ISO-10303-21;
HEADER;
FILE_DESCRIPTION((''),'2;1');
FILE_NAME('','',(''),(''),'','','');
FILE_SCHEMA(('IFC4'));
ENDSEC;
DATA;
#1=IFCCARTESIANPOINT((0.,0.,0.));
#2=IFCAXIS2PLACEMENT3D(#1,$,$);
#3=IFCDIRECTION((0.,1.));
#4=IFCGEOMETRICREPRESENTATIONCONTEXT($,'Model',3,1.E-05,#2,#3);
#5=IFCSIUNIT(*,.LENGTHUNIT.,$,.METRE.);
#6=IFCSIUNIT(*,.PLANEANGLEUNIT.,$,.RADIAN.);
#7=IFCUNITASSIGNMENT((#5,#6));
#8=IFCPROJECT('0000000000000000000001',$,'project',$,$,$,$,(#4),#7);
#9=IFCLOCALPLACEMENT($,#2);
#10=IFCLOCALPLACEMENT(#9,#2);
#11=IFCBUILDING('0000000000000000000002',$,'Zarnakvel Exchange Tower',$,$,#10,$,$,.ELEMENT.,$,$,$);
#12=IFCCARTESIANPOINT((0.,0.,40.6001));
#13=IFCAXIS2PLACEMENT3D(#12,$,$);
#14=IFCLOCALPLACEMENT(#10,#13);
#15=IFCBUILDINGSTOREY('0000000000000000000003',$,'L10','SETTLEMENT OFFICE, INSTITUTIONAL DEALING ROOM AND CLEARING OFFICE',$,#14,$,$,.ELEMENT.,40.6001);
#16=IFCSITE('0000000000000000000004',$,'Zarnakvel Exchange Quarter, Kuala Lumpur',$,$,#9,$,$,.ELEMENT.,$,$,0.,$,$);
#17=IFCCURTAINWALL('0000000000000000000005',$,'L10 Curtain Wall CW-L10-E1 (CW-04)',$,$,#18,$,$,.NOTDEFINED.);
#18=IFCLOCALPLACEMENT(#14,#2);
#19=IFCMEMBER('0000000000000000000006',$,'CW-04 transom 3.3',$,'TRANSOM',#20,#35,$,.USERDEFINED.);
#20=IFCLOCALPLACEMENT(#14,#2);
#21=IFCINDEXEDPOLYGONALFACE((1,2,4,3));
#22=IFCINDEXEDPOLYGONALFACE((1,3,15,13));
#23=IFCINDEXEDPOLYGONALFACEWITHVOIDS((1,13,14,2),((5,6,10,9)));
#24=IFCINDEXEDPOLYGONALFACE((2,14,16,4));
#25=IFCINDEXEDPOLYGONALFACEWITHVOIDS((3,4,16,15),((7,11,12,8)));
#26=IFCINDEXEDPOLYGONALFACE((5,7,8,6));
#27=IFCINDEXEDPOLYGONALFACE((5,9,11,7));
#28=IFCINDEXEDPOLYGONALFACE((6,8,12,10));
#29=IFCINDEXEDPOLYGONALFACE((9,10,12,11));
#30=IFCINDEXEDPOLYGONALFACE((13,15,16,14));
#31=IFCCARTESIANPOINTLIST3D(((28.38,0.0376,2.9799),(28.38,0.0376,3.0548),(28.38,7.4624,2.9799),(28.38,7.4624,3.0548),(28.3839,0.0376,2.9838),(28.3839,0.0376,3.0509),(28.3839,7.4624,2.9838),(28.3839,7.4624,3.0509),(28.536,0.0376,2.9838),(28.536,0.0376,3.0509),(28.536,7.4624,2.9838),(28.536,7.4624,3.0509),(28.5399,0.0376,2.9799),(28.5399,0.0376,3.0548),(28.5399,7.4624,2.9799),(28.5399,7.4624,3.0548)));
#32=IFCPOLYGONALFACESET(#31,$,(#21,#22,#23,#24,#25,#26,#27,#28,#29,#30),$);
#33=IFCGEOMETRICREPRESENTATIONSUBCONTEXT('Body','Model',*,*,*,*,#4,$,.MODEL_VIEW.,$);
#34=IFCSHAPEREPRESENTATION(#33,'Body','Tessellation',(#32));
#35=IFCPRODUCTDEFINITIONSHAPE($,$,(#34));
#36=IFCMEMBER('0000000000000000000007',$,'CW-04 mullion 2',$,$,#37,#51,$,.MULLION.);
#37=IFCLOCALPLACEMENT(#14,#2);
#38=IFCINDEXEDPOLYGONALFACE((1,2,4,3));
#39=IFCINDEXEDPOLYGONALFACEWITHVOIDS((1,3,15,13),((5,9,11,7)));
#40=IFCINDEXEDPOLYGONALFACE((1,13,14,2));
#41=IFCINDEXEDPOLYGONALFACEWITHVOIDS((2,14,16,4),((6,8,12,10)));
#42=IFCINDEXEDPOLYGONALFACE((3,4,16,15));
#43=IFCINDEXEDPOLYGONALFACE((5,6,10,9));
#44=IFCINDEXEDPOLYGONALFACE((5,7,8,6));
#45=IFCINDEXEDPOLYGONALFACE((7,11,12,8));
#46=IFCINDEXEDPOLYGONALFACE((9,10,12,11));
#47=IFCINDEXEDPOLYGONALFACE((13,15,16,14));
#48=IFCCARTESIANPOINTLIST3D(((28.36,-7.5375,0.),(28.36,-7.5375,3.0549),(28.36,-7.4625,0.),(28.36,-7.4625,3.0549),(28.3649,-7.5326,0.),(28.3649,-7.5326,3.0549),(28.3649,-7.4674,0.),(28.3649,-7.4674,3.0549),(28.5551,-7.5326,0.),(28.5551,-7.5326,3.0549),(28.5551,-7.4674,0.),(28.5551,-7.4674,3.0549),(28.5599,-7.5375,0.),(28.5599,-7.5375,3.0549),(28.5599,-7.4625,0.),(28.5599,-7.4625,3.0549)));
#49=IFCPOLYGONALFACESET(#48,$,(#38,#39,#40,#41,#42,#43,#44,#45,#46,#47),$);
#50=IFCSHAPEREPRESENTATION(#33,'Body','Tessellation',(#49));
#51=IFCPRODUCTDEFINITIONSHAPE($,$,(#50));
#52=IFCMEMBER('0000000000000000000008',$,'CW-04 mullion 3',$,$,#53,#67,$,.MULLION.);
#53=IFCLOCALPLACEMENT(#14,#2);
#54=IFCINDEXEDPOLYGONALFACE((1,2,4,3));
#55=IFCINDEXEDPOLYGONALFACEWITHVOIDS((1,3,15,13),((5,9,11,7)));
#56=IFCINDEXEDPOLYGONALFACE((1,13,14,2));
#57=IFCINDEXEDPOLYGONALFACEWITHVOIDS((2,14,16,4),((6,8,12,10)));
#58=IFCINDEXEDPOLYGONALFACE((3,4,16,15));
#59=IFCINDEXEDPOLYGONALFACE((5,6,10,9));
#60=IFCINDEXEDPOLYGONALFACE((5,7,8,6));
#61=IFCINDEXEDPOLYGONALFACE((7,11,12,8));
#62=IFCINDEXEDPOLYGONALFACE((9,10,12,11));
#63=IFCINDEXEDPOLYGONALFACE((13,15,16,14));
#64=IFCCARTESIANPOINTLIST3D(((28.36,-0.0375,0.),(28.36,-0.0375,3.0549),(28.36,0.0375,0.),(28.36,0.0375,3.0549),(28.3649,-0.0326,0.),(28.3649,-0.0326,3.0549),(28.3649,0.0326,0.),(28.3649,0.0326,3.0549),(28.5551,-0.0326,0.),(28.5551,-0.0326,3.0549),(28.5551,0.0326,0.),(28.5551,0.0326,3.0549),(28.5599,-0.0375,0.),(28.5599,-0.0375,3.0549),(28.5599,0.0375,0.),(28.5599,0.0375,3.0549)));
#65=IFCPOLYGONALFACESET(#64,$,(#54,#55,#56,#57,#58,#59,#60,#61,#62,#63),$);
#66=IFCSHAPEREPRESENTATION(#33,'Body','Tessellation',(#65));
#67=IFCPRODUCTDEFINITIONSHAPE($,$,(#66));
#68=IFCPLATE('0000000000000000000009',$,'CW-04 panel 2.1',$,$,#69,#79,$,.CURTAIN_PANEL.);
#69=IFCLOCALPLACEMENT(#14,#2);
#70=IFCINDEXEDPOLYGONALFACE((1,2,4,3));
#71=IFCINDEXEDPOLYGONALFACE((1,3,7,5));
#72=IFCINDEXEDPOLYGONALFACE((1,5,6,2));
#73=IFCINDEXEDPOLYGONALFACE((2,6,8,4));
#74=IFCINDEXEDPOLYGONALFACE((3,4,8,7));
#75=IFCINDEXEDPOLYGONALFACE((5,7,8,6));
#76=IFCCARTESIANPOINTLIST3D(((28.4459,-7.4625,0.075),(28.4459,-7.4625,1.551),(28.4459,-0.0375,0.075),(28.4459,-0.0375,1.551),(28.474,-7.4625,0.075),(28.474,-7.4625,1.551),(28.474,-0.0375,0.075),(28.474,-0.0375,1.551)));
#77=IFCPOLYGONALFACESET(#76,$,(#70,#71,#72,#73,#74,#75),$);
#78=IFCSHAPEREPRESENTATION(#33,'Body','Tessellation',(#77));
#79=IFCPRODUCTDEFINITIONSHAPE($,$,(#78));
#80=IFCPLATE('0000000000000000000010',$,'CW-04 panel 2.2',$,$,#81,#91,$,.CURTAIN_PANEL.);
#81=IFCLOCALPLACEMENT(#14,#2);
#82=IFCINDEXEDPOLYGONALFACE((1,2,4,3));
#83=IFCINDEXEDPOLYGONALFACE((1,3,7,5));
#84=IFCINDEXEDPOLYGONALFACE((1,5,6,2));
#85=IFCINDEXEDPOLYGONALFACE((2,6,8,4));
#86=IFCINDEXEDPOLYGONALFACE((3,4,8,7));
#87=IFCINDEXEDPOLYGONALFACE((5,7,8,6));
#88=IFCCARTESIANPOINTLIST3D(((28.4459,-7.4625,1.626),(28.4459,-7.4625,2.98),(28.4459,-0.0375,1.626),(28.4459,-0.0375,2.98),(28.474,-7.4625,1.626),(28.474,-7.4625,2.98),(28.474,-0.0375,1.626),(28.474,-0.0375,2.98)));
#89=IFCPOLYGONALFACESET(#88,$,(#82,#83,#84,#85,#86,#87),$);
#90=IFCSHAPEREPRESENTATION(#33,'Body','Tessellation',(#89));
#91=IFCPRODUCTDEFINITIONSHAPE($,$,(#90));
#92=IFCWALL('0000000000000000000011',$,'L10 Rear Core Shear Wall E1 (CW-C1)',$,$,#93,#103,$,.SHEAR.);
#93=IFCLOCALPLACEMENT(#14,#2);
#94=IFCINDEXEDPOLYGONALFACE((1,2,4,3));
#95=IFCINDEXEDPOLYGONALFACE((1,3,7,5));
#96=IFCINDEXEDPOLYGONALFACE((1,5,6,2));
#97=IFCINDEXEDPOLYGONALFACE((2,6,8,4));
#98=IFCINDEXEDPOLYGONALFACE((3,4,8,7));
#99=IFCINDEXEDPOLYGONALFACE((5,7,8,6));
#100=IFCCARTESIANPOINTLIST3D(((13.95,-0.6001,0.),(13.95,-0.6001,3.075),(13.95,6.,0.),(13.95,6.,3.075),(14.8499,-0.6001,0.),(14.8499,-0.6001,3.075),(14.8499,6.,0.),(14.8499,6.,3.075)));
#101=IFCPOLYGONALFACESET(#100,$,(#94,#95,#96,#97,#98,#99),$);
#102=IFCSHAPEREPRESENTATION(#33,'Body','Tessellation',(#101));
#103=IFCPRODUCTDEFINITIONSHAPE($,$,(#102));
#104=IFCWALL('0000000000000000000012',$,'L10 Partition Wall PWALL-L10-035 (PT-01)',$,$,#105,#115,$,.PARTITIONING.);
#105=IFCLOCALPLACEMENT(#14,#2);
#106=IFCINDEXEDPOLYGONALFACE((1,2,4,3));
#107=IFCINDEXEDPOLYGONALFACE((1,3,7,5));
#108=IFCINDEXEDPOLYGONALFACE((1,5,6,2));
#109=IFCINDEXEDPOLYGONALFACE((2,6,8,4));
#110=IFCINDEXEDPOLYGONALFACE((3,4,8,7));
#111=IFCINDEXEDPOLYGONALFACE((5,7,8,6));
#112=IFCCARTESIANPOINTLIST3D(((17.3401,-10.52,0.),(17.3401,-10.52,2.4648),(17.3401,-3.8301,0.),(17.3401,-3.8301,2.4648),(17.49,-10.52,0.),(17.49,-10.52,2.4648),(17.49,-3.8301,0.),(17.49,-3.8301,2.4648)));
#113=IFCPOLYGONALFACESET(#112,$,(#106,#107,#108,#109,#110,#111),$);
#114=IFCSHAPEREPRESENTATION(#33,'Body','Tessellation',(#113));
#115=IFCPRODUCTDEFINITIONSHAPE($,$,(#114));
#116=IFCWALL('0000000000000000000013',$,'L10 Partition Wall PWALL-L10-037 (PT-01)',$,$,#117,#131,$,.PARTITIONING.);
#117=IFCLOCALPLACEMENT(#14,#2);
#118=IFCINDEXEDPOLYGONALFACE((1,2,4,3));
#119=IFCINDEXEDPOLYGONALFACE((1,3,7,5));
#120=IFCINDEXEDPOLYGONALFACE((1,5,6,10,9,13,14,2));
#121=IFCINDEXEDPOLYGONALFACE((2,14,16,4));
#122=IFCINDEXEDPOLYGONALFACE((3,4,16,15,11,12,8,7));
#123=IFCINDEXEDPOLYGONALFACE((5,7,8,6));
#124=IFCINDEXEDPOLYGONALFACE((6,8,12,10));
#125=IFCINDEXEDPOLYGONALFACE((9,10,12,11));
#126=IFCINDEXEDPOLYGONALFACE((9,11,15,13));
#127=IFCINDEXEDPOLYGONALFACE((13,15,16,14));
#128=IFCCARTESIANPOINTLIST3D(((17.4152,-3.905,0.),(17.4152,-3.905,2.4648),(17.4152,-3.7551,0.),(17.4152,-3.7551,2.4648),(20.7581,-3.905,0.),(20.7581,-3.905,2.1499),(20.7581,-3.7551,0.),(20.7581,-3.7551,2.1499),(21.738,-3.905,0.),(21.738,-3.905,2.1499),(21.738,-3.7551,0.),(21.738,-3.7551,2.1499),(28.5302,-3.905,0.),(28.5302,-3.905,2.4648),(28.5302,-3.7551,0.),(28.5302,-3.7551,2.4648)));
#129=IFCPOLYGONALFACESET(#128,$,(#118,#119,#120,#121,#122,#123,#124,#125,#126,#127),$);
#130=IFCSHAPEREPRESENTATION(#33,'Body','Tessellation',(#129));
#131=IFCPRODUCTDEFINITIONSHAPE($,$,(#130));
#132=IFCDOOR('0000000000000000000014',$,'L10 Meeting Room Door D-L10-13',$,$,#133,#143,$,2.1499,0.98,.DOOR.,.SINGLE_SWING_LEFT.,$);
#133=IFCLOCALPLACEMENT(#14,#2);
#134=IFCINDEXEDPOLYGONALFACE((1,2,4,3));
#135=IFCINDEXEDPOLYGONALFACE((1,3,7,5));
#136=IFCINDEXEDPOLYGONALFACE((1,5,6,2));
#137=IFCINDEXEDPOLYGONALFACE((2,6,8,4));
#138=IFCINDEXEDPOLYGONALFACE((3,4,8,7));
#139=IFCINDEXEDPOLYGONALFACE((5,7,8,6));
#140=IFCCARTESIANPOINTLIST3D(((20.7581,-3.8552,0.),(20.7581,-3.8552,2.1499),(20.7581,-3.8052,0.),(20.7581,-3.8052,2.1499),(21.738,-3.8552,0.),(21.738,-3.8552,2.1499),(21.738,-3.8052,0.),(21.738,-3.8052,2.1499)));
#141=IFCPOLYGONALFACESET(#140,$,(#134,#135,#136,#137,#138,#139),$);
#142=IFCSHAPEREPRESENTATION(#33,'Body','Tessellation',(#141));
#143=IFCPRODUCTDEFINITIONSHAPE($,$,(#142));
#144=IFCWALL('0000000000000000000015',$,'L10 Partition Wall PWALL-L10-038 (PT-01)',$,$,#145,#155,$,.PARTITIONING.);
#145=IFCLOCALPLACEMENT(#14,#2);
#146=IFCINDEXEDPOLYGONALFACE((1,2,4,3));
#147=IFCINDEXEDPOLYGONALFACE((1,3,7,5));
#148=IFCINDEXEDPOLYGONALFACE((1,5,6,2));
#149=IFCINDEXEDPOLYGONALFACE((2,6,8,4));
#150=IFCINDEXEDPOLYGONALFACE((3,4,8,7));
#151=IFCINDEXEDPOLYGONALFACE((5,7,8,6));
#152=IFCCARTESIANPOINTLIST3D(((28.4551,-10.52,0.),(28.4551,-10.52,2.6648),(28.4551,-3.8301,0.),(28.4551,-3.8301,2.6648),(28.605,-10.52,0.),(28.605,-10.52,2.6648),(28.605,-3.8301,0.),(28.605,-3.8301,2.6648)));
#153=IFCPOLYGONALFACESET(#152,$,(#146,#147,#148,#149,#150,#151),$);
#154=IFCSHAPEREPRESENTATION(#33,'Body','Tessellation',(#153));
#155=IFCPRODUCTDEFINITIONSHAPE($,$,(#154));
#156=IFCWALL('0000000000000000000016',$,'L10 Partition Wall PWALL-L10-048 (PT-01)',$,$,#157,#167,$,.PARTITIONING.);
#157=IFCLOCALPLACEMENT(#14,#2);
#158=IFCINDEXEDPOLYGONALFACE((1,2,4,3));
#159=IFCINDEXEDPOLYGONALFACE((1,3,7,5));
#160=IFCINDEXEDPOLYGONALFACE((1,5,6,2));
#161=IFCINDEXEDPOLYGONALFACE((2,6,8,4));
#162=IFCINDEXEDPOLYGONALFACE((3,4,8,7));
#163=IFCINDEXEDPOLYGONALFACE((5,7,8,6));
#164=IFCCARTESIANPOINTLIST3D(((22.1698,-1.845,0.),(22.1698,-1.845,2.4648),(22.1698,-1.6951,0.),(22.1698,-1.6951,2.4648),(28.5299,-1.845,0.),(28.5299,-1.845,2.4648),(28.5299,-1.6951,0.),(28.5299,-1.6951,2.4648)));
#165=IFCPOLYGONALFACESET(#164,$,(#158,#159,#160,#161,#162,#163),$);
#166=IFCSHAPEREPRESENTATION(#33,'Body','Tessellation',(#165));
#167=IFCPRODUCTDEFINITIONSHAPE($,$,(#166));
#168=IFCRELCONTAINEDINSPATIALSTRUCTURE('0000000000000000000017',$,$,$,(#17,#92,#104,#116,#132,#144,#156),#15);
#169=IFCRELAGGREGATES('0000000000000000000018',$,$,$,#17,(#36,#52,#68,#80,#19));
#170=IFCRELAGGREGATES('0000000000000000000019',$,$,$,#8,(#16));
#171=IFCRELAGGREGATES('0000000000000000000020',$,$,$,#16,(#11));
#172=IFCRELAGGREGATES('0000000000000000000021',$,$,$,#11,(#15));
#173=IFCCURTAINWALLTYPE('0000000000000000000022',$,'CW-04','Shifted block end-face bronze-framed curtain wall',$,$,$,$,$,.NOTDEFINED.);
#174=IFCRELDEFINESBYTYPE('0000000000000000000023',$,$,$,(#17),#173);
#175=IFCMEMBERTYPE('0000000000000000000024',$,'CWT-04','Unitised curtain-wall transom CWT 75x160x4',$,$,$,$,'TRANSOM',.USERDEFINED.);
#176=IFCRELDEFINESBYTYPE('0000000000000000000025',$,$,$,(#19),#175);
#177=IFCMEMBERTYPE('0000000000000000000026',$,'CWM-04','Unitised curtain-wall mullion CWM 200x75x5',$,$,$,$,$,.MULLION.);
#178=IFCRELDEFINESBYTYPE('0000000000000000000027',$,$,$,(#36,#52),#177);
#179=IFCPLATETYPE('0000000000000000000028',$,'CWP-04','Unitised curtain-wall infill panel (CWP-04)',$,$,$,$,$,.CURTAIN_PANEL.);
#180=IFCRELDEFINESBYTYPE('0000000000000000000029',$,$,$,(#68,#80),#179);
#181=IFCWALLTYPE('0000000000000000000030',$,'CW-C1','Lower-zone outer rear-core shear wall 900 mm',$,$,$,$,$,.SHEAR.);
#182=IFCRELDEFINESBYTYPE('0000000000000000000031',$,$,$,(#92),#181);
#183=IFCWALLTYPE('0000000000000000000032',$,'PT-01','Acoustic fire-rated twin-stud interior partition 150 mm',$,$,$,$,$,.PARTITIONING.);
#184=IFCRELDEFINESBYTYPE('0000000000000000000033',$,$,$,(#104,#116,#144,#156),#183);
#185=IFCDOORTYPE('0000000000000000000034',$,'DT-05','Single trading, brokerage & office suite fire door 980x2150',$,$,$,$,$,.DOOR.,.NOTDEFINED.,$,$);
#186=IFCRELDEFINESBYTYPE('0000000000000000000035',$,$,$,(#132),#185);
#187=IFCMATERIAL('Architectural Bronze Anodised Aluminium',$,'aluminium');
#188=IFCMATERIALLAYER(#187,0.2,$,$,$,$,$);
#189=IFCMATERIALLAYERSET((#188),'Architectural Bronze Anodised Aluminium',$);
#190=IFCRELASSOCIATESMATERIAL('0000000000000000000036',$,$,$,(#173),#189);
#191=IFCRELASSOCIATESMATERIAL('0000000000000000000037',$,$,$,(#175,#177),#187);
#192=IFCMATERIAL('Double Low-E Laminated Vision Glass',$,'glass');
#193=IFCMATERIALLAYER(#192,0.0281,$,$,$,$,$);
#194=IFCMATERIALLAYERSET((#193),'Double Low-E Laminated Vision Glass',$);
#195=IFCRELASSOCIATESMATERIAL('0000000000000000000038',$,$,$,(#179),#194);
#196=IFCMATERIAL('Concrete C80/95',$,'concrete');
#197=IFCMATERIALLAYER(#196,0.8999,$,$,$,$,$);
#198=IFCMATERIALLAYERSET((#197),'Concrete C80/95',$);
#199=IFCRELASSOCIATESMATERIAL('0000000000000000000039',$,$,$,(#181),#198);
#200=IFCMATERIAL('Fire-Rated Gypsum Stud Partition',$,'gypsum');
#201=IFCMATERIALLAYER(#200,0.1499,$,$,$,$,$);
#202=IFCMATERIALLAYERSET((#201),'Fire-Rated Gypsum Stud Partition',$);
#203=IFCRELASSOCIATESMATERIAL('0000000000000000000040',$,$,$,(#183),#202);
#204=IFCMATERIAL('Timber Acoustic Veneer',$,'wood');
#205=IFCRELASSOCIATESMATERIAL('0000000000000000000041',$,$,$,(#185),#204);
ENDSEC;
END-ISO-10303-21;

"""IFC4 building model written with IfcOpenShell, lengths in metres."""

from ifc_helpers import new_model, si_unit, direction, frame, frame_2d, origin, origin_2d, place, context, subcontext, project, spatial, rectangle, hollow_rectangle, extrude, source, transform, mapped, material, layer, layer_set, material_profile, profile_set, type_object, element, fill, aggregate, save


model = new_model("IFC4")

# Units and contexts
model_context = context("Model", 3, precision=1e-05, world=origin(), true_north=direction((0.0, 1.0)))
body_context = subcontext(model_context, "Body", "Model", "MODEL_VIEW")
ifc_project = project(units=[si_unit("LENGTHUNIT", "METRE"), si_unit("PLANEANGLEUNIT", "RADIAN")], contexts=[model_context])

# Site, building, storey
site_placement = place(None, origin())
site = spatial("IfcSite", under=ifc_project, at=site_placement, Name="Zarnakvel Exchange Quarter, Kuala Lumpur", CompositionType="ELEMENT", RefElevation=0.0)
building_placement = place(site_placement, origin())
building = spatial("IfcBuilding", under=site, at=building_placement, Name="Zarnakvel Exchange Tower", CompositionType="ELEMENT")
storey_placement = place(building_placement, frame((0.0, 0.0, 40.6001)))
storey = spatial("IfcBuildingStorey", under=building, at=storey_placement, Name="L10", Description="SETTLEMENT OFFICE, INSTITUTIONAL DEALING ROOM AND CLEARING OFFICE", CompositionType="ELEMENT", Elevation=40.6001)

# Shared definitions
ifc_material_1 = material(Name="Concrete C80/95", Category="concrete")

# Curtain wall, members, plates
ifc_material_2 = material(Name="Architectural Bronze Anodised Aluminium", Category="aluminium")
ifc_layer_1 = layer(ifc_material_2, 0.2)
ifc_layer_set_1 = layer_set([ifc_layer_1], Name="Architectural Bronze Anodised Aluminium")
curtain_wall_type = type_object("IfcCurtainWallType", Name="CW-04", Description="Shifted block end-face bronze-framed curtain wall", PredefinedType="NOTDEFINED", material=ifc_layer_set_1)
curtain_wall_placement = place(storey_placement, origin())
curtain_wall = element("IfcCurtainWall", 1, at=curtain_wall_placement, inside=storey, type_object=curtain_wall_type, Name="L10 Curtain Wall CW-L10-E1 (CW-04)", PredefinedType="NOTDEFINED")
ifc_material_profile_1 = material_profile(ifc_material_2, hollow_rectangle(XDim=0.1599, YDim=0.075, WallThickness=0.0039, at=origin_2d()))
ifc_profile_set_1 = profile_set([ifc_material_profile_1], Name="Architectural Bronze Anodised Aluminium")
member_type_1 = type_object("IfcMemberType", Name="CWT-04", Description="Unitised curtain-wall transom CWT 75x160x4", ElementType="TRANSOM", PredefinedType="USERDEFINED", material=ifc_profile_set_1)
shared_shape_1 = source(origin(), body_context, "Body", "SweptSolid", [
    extrude(hollow_rectangle(XDim=0.1599, YDim=0.075, WallThickness=0.0039, at=origin_2d()), origin(), (0.0, 0.0, 1.0), 7.4248),
])
member_1_placement = place(storey_placement, frame((28.46, 0.0376, 3.0173), z_axis=(0.0, 1.0, 0.0), x_axis=(-1.0, 0.0, 0.0)))
member_1 = element("IfcMember", 2, at=member_1_placement, type_object=member_type_1, Name="CW-04 transom 3.3", ObjectType="TRANSOM", PredefinedType="USERDEFINED", context=body_context, shape_type="MappedRepresentation", body=[
    mapped(shared_shape_1, transform((0.0, 0.0, 0.0), x_axis=(1.0, 0.0, 0.0), y_axis=(0.0, 1.0, 0.0), z_axis=(0.0, 0.0, 1.0), scale=1.0)),
])
ifc_material_profile_2 = material_profile(ifc_material_2, hollow_rectangle(XDim=0.2, YDim=0.075, WallThickness=0.0049, at=origin_2d()))
ifc_profile_set_2 = profile_set([ifc_material_profile_2], Name="Architectural Bronze Anodised Aluminium")
member_type_2 = type_object("IfcMemberType", Name="CWM-04", Description="Unitised curtain-wall mullion CWM 200x75x5", PredefinedType="MULLION", material=ifc_profile_set_2)
shared_shape_2 = source(origin(), body_context, "Body", "SweptSolid", [
    extrude(hollow_rectangle(XDim=0.2, YDim=0.075, WallThickness=0.0049, at=origin_2d()), origin(), (0.0, 0.0, 1.0), 3.0549),
])
member_2_placement = place(storey_placement, frame((28.46, -7.5, 0.0), z_axis=(0.0, 0.0, 1.0), x_axis=(-1.0, 0.0, 0.0)))
member_2 = element("IfcMember", 3, at=member_2_placement, type_object=member_type_2, Name="CW-04 mullion 2", PredefinedType="MULLION", context=body_context, shape_type="MappedRepresentation", body=[
    mapped(shared_shape_2, transform((0.0, 0.0, 0.0), x_axis=(1.0, 0.0, 0.0), y_axis=(0.0, 1.0, 0.0), z_axis=(0.0, 0.0, 1.0), scale=1.0)),
])
member_3_placement = place(storey_placement, frame((28.46, 0.0, 0.0), z_axis=(0.0, 0.0, 1.0), x_axis=(-1.0, 0.0, 0.0)))
member_3 = element("IfcMember", 4, at=member_3_placement, type_object=member_type_2, Name="CW-04 mullion 3", PredefinedType="MULLION", context=body_context, shape_type="MappedRepresentation", body=[
    mapped(shared_shape_2, transform((0.0, 0.0, 0.0), x_axis=(1.0, 0.0, 0.0), y_axis=(0.0, 1.0, 0.0), z_axis=(0.0, 0.0, 1.0), scale=1.0)),
])
ifc_material_3 = material(Name="Double Low-E Laminated Vision Glass", Category="glass")
ifc_layer_2 = layer(ifc_material_3, 0.0281)
ifc_layer_set_2 = layer_set([ifc_layer_2], Name="Double Low-E Laminated Vision Glass")
plate_type = type_object("IfcPlateType", Name="CWP-04", Description="Unitised curtain-wall infill panel (CWP-04)", PredefinedType="CURTAIN_PANEL", material=ifc_layer_set_2)
shared_shape_3 = source(origin(), body_context, "Body", "SweptSolid", [
    extrude(rectangle(XDim=7.425, YDim=0.0281, at=origin_2d()), origin(), (0.0, 0.0, 1.0), 1.4761),
])
plate_1_placement = place(storey_placement, frame((28.46, -3.75, 0.075), z_axis=(0.0, 0.0, 1.0), x_axis=(0.0, 1.0, 0.0)))
plate_1 = element("IfcPlate", 5, at=plate_1_placement, type_object=plate_type, Name="CW-04 panel 2.1", PredefinedType="CURTAIN_PANEL", context=body_context, shape_type="MappedRepresentation", body=[
    mapped(shared_shape_3, transform((0.0, 0.0, 0.0), x_axis=(1.0, 0.0, 0.0), y_axis=(0.0, 1.0, 0.0), z_axis=(0.0, 0.0, 1.0), scale=1.0)),
])
shared_shape_4 = source(origin(), body_context, "Body", "SweptSolid", [
    extrude(rectangle(XDim=7.425, YDim=0.0281, at=origin_2d()), origin(), (0.0, 0.0, 1.0), 1.354),
])
plate_2_placement = place(storey_placement, frame((28.46, -3.75, 1.626), z_axis=(0.0, 0.0, 1.0), x_axis=(0.0, 1.0, 0.0)))
plate_2 = element("IfcPlate", 6, at=plate_2_placement, type_object=plate_type, Name="CW-04 panel 2.2", PredefinedType="CURTAIN_PANEL", context=body_context, shape_type="MappedRepresentation", body=[
    mapped(shared_shape_4, transform((0.0, 0.0, 0.0), x_axis=(1.0, 0.0, 0.0), y_axis=(0.0, 1.0, 0.0), z_axis=(0.0, 0.0, 1.0), scale=1.0)),
])
aggregate(curtain_wall, [member_2, member_3, plate_1, plate_2, member_1])

# Walls
ifc_layer_3 = layer(ifc_material_1, 0.8999)
ifc_layer_set_3 = layer_set([ifc_layer_3], Name="Concrete C80/95")
wall_type_1 = type_object("IfcWallType", Name="CW-C1", Description="Lower-zone outer rear-core shear wall 900 mm", PredefinedType="SHEAR", material=ifc_layer_set_3)
wall_1_placement = place(storey_placement, frame((14.3999, -0.6001, 0.0), z_axis=(0.0, 0.0, 1.0), x_axis=(0.0, 1.0, 0.0)))
element("IfcWall", 7, at=wall_1_placement, inside=storey, type_object=wall_type_1, Name="L10 Rear Core Shear Wall E1 (CW-C1)", PredefinedType="SHEAR", context=body_context, shape_type="SweptSolid", body=[
    extrude(rectangle(XDim=6.6001, YDim=0.8999, at=frame_2d((3.3, 0.0))), origin(), (0.0, 0.0, 1.0), 3.075),
])
ifc_material_4 = material(Name="Fire-Rated Gypsum Stud Partition", Category="gypsum")
ifc_layer_4 = layer(ifc_material_4, 0.1499)
ifc_layer_set_4 = layer_set([ifc_layer_4], Name="Fire-Rated Gypsum Stud Partition")
wall_type_2 = type_object("IfcWallType", Name="PT-01", Description="Acoustic fire-rated twin-stud interior partition 150 mm", PredefinedType="PARTITIONING", material=ifc_layer_set_4)
wall_2_placement = place(storey_placement, frame((17.415, -3.8301, 0.0), z_axis=(0.0, 0.0, 1.0), x_axis=(0.0, -1.0, 0.0)))
element("IfcWall", 8, at=wall_2_placement, inside=storey, type_object=wall_type_2, Name="L10 Partition Wall PWALL-L10-035 (PT-01)", PredefinedType="PARTITIONING", context=body_context, shape_type="SweptSolid", body=[
    extrude(rectangle(XDim=6.6899, YDim=0.1499, at=frame_2d((3.345, 0.0))), origin(), (0.0, 0.0, 1.0), 2.4648),
])

# Wall, opening, door
wall_3_placement = place(storey_placement, frame((17.415, -3.8301, 0.0), z_axis=(0.0, 0.0, 1.0), x_axis=(1.0, 0.0, 0.0)))
wall_3 = element("IfcWall", 9, at=wall_3_placement, inside=storey, type_object=wall_type_2, Name="L10 Partition Wall PWALL-L10-037 (PT-01)", PredefinedType="PARTITIONING", context=body_context, shape_type="SweptSolid", body=[
    extrude(rectangle(XDim=11.115, YDim=0.1499, at=frame_2d((5.5576, 0.0))), origin(), (0.0, 0.0, 1.0), 2.4648),
])
opening_1_placement = place(wall_3_placement, frame((3.343, 0.0, 0.0)))
opening_1 = element("IfcOpeningElement", 10, at=opening_1_placement, cuts=wall_3, PredefinedType="OPENING", context=body_context, shape_type="SweptSolid", body=[
    extrude(rectangle(XDim=0.98, YDim=2.1499, at=frame_2d((0.49, 1.075))), frame((0.0, 0.085, 0.0), z_axis=(0.0, -1.0, 0.0), x_axis=(1.0, 0.0, 0.0)), (0.0, 0.0, 1.0), 0.1699),
])
ifc_material_5 = material(Name="Timber Acoustic Veneer", Category="wood")
door_type = type_object("IfcDoorType", Name="DT-05", Description="Single trading, brokerage & office suite fire door 980x2150", OperationType="NOTDEFINED", PredefinedType="DOOR", material=ifc_material_5)
shared_shape_5 = source(origin(), body_context, "Body", "SweptSolid", [
    extrude(rectangle(XDim=0.98, YDim=2.1499, at=frame_2d((0.49, 1.075))), frame((0.0, 0.0249, 0.0), z_axis=(0.0, -1.0, 0.0), x_axis=(1.0, 0.0, 0.0)), (0.0, 0.0, 1.0), 0.05),
])
door_1_placement = place(opening_1_placement, origin())
door_1 = element("IfcDoor", 11, at=door_1_placement, inside=storey, type_object=door_type, Name="L10 Meeting Room Door D-L10-13", OperationType="SINGLE_SWING_LEFT", OverallHeight=2.1499, OverallWidth=0.98, PredefinedType="DOOR", context=body_context, shape_type="MappedRepresentation", body=[
    mapped(shared_shape_5, transform((0.0, 0.0, 0.0), x_axis=(1.0, 0.0, 0.0), y_axis=(0.0, 1.0, 0.0), z_axis=(0.0, 0.0, 1.0), scale=1.0)),
])
fill(opening_1, door_1)

# Walls
wall_4_placement = place(storey_placement, frame((28.53, -3.8301, 0.0), z_axis=(0.0, 0.0, 1.0), x_axis=(0.0, -1.0, 0.0)))
element("IfcWall", 12, at=wall_4_placement, inside=storey, type_object=wall_type_2, Name="L10 Partition Wall PWALL-L10-038 (PT-01)", PredefinedType="PARTITIONING", context=body_context, shape_type="SweptSolid", body=[
    extrude(rectangle(XDim=6.6899, YDim=0.1499, at=frame_2d((3.345, 0.0))), origin(), (0.0, 0.0, 1.0), 2.6648),
])
wall_5_placement = place(storey_placement, frame((28.53, -1.77, 0.0), z_axis=(0.0, 0.0, 1.0), x_axis=(-1.0, 0.0, 0.0)))
element("IfcWall", 13, at=wall_5_placement, inside=storey, type_object=wall_type_2, Name="L10 Partition Wall PWALL-L10-048 (PT-01)", PredefinedType="PARTITIONING", context=body_context, shape_type="SweptSolid", body=[
    extrude(rectangle(XDim=6.3601, YDim=0.1499, at=frame_2d((3.1802, 0.0))), origin(), (0.0, 0.0, 1.0), 2.4648),
])

save(model, "model.ifc")
